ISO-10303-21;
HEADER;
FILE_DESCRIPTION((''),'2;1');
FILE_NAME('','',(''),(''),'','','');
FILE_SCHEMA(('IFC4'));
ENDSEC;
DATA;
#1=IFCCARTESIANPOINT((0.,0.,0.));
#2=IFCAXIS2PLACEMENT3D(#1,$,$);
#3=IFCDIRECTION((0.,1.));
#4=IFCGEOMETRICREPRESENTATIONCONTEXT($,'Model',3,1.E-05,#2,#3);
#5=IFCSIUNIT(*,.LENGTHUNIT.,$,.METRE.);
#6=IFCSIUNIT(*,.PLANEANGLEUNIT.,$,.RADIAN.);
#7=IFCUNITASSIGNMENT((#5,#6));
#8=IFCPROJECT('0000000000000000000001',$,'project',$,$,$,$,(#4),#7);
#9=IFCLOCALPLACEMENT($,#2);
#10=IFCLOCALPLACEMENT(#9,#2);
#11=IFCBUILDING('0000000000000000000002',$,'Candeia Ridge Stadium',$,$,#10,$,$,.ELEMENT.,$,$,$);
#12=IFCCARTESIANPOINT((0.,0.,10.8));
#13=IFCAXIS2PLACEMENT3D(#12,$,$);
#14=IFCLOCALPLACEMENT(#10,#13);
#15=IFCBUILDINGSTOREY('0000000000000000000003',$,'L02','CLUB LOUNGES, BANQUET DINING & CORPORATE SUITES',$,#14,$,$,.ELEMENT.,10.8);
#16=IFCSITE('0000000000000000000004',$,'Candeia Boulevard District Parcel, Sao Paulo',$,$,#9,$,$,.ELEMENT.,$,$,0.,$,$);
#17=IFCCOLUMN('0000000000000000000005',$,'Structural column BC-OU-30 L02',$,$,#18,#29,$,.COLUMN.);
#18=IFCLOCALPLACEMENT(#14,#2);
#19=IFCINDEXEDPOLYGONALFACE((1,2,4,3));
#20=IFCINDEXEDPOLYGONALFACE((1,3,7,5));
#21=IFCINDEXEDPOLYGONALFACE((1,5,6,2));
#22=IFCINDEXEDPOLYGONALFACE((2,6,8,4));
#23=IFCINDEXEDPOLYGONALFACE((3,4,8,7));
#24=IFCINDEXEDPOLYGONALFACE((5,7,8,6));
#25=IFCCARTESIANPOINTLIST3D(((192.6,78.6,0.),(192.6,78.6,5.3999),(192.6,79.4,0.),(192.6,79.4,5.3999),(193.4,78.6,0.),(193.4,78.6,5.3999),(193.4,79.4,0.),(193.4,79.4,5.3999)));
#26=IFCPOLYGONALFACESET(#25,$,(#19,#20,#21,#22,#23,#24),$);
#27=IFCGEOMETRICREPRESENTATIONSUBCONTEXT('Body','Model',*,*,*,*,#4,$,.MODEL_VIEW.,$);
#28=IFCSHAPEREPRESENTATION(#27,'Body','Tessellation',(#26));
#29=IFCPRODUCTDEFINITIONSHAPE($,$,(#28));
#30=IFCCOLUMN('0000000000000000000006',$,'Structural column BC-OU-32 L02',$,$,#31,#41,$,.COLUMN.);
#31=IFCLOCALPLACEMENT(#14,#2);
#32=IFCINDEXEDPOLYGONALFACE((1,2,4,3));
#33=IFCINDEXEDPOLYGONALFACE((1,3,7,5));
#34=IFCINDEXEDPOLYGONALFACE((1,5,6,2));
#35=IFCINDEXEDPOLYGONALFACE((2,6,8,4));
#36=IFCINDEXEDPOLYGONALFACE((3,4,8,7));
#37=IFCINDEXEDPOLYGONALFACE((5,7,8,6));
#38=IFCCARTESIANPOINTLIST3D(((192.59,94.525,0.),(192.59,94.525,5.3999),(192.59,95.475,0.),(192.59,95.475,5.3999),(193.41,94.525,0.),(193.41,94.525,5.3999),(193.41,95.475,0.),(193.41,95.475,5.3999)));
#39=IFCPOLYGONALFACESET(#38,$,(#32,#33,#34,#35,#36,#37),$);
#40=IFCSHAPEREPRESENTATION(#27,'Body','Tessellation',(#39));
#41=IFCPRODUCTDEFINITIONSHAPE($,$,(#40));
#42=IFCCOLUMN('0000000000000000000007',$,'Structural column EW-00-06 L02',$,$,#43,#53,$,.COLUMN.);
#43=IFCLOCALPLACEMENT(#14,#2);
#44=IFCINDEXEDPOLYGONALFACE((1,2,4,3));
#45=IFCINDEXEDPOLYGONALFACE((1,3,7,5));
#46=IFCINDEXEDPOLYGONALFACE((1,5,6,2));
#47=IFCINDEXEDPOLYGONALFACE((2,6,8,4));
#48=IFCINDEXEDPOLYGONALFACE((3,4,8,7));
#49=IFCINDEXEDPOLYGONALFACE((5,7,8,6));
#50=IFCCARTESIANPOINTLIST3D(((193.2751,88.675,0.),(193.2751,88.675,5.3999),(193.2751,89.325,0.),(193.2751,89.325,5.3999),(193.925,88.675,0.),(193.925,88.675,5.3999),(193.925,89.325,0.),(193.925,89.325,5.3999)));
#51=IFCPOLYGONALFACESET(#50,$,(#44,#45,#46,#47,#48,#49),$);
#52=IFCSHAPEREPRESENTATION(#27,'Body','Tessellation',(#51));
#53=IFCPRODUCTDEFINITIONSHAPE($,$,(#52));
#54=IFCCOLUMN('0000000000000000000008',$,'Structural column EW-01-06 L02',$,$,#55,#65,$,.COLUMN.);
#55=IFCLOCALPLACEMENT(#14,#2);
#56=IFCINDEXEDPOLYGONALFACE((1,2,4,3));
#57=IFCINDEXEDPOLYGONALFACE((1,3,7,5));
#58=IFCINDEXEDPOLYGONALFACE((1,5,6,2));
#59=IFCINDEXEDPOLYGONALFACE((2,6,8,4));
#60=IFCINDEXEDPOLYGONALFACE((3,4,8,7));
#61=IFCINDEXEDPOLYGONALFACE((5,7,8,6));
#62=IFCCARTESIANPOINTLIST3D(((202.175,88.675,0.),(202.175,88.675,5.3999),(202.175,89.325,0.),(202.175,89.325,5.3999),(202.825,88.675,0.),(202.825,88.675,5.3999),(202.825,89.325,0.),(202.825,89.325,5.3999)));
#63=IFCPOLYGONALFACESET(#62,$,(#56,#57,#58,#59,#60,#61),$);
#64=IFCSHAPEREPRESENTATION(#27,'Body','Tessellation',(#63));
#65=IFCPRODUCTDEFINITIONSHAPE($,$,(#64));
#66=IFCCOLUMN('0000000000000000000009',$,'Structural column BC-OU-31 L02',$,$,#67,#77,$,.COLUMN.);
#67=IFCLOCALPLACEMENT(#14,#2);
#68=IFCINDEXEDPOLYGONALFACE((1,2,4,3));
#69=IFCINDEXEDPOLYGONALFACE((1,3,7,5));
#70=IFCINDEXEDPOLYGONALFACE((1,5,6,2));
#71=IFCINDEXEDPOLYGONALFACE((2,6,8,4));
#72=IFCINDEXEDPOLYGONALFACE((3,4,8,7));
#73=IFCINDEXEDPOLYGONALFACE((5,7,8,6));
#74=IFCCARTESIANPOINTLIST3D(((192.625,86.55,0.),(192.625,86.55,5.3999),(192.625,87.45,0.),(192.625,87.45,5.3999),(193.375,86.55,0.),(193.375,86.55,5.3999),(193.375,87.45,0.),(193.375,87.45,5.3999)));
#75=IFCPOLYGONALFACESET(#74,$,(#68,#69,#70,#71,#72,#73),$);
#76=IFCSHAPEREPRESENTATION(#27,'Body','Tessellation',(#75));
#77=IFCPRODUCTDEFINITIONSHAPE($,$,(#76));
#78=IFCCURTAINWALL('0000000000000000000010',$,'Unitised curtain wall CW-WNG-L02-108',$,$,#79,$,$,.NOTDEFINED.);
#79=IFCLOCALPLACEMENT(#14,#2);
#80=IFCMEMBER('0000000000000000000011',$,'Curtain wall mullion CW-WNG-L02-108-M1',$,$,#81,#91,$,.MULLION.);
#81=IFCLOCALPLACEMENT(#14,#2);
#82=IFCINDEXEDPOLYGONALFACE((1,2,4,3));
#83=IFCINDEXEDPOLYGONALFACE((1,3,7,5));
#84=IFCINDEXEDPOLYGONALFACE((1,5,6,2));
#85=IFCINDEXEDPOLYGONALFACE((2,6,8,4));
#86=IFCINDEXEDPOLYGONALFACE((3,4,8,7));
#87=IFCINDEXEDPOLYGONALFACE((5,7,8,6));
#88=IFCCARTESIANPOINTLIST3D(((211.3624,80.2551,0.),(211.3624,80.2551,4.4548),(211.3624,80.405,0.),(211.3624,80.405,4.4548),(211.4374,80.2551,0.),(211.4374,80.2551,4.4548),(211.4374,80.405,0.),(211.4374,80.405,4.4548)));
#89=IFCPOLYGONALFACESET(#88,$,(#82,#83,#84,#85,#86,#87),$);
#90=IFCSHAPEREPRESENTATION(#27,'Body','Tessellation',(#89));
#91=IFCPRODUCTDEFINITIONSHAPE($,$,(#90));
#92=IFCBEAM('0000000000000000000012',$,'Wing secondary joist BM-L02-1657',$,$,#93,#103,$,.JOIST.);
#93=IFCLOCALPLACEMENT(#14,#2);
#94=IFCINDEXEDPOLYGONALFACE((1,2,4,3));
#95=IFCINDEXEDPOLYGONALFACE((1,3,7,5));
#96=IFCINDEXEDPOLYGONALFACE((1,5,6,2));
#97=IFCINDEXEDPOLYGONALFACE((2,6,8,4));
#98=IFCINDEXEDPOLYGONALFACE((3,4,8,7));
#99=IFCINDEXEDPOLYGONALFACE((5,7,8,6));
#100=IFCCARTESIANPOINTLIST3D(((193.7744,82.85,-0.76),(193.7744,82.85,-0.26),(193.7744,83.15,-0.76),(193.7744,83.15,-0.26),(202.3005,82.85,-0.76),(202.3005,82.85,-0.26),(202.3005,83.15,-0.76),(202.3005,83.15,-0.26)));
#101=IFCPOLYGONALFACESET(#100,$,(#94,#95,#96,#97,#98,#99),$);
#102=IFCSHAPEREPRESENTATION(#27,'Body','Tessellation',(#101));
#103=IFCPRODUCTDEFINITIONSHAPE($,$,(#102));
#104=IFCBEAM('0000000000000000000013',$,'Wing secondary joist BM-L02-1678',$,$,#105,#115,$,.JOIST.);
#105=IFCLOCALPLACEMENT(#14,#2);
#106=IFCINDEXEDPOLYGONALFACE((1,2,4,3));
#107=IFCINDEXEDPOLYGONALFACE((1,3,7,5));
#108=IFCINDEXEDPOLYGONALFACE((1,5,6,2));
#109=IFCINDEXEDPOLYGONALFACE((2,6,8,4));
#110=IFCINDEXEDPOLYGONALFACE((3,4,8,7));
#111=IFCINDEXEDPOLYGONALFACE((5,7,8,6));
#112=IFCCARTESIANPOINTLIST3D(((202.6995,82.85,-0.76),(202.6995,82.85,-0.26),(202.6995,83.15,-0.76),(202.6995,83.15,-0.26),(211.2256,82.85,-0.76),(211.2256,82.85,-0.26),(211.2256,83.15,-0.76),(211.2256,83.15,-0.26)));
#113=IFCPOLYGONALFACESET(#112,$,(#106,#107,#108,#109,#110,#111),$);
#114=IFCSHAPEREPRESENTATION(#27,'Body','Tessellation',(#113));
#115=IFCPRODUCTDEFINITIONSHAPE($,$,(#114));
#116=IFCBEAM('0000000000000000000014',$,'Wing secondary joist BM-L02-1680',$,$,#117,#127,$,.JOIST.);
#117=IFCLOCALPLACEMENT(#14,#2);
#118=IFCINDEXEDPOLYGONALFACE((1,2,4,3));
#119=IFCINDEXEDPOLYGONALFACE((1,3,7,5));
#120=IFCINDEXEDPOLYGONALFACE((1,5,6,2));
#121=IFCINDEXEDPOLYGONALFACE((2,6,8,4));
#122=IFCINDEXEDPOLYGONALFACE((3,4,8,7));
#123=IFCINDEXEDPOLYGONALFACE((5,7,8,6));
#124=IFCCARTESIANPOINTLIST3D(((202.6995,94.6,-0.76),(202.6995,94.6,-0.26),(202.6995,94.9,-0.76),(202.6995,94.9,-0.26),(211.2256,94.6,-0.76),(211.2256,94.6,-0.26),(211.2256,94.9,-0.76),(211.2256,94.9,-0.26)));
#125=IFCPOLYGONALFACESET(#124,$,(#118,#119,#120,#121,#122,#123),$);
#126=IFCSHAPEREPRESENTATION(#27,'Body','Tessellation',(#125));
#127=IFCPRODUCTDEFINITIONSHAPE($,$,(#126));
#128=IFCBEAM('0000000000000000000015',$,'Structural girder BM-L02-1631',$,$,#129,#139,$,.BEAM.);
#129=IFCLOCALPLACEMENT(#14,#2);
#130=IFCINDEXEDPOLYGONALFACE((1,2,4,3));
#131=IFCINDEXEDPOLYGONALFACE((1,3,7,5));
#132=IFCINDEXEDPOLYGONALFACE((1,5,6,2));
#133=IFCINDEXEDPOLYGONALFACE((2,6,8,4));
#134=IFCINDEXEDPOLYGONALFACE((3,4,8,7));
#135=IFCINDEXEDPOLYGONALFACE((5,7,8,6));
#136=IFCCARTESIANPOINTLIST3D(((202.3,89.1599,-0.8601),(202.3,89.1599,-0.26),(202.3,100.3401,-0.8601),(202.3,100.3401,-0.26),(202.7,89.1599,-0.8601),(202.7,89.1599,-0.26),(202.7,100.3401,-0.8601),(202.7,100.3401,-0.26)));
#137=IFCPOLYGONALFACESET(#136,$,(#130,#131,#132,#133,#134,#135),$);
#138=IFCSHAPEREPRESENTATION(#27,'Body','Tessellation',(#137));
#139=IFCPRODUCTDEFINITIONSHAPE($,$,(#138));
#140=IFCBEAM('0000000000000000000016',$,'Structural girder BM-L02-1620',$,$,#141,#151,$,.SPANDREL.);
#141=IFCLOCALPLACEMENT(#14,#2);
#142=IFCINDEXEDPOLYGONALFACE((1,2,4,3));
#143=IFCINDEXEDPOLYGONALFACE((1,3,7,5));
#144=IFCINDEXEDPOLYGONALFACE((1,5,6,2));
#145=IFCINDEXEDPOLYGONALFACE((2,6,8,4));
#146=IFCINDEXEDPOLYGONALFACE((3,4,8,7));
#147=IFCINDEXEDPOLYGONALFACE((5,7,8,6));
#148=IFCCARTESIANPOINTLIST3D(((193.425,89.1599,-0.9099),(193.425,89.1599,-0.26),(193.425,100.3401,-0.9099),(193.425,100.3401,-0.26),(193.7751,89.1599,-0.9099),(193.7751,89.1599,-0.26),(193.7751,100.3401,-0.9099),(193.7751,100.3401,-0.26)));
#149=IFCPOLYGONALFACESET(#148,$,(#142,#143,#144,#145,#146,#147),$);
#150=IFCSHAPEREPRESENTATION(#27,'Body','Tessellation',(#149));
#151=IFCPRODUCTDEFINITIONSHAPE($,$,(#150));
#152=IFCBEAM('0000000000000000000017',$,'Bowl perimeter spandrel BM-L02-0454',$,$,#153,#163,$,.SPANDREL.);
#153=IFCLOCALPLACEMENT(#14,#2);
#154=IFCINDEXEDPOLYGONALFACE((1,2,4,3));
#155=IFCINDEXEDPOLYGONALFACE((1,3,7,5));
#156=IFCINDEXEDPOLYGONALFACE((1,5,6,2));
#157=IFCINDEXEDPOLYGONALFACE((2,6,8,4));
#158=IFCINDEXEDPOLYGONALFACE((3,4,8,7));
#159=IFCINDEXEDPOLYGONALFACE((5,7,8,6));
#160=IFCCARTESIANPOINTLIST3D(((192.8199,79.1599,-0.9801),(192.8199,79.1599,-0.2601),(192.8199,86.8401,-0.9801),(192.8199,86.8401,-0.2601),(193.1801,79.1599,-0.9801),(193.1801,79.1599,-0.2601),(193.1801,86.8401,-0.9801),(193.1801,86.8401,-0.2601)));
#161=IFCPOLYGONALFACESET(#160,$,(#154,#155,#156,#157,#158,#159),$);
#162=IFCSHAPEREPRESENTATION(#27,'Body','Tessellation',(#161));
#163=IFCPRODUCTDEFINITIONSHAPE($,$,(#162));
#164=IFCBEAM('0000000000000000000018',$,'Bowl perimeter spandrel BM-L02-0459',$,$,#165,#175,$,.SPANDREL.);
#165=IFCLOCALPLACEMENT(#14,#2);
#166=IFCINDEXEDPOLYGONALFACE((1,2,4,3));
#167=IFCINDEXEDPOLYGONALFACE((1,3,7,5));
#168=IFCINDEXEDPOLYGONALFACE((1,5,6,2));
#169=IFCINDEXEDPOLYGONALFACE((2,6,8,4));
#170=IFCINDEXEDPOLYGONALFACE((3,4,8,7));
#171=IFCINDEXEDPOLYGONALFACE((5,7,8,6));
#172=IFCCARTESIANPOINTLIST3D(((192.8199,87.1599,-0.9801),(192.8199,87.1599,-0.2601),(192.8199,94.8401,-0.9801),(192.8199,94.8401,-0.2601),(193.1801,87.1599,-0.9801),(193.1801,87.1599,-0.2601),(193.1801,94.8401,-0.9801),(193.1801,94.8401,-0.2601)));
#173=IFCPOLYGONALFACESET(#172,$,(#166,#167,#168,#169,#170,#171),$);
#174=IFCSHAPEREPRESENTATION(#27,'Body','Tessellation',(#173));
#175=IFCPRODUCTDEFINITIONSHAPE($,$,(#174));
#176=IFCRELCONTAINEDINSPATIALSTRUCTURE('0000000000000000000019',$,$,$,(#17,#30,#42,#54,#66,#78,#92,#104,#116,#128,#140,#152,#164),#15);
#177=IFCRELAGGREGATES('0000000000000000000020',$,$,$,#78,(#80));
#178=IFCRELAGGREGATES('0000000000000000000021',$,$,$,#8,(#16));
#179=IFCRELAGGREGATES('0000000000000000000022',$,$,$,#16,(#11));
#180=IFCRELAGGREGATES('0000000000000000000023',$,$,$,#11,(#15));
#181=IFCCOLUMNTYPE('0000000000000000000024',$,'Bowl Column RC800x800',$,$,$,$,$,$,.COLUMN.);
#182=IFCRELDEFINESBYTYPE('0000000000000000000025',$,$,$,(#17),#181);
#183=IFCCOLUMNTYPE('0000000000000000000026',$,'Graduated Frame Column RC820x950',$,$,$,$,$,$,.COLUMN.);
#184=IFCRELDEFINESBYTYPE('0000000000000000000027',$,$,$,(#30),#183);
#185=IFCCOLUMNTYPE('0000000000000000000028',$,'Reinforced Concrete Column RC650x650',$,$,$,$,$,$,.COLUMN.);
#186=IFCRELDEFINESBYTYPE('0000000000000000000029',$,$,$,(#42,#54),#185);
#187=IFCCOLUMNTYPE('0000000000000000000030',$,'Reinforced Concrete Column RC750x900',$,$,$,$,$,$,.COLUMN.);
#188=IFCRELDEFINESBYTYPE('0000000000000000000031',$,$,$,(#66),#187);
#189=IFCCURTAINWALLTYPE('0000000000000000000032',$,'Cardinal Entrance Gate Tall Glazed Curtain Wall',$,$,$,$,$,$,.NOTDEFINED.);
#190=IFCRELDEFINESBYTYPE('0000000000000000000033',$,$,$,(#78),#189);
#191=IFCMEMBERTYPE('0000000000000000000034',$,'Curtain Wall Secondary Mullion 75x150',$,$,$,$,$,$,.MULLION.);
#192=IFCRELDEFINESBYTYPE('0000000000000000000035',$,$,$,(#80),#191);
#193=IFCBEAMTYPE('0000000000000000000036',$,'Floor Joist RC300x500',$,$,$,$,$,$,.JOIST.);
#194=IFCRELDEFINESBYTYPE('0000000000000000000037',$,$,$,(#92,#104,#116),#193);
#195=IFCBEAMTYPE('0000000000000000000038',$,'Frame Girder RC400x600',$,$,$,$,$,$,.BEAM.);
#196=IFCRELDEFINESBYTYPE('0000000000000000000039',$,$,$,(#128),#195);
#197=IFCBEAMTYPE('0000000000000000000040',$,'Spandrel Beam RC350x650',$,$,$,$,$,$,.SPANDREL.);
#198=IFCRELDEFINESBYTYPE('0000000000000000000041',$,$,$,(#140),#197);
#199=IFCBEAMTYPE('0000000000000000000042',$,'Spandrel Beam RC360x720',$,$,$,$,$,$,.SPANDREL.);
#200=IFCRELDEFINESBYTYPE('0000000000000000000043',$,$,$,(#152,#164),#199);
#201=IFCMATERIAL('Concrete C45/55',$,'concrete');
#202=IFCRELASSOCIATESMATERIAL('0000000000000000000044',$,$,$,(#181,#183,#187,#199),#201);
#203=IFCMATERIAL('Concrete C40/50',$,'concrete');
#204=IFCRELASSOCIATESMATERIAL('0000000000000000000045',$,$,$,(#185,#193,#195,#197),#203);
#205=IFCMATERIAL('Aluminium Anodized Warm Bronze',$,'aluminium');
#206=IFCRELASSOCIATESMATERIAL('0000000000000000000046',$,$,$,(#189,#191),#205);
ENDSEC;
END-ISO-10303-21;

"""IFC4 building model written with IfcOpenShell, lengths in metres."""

from ifc_helpers import new_model, si_unit, direction, frame, origin, origin_2d, place, context, subcontext, project, spatial, rectangle, extrude, material, material_profile, profile_set, type_object, element, aggregate, save


model = new_model("IFC4")

# Units and contexts
model_context = context("Model", 3, precision=1e-05, world=origin(), true_north=direction((0.0, 1.0)))
body_context = subcontext(model_context, "Body", "Model", "MODEL_VIEW")
ifc_project = project(units=[si_unit("LENGTHUNIT", "METRE"), si_unit("PLANEANGLEUNIT", "RADIAN")], contexts=[model_context])

# Site, building, storey
site_placement = place(None, origin())
site = spatial("IfcSite", under=ifc_project, at=site_placement, Name="Candeia Boulevard District Parcel, Sao Paulo", CompositionType="ELEMENT", RefElevation=0.0)
building_placement = place(site_placement, origin())
building = spatial("IfcBuilding", under=site, at=building_placement, Name="Candeia Ridge Stadium", CompositionType="ELEMENT")
storey_placement = place(building_placement, frame((0.0, 0.0, 10.8)))
storey = spatial("IfcBuildingStorey", under=building, at=storey_placement, Name="L02", Description="CLUB LOUNGES, BANQUET DINING & CORPORATE SUITES", CompositionType="ELEMENT", Elevation=10.8)

# Columns
ifc_material_1 = material(Name="Concrete C45/55", Category="concrete")
ifc_material_profile_1 = material_profile(ifc_material_1, rectangle(XDim=0.8, YDim=0.8, at=origin_2d()), Name="RC800x800", Category="concrete")
ifc_profile_set_1 = profile_set([ifc_material_profile_1], Name="Concrete C45/55")
column_type_1 = type_object("IfcColumnType", Name="Bowl Column RC800x800", PredefinedType="COLUMN", material=ifc_profile_set_1)
column_1_placement = place(storey_placement, frame((193.0, 79.0, 0.0), z_axis=(0.0, 0.0, 1.0), x_axis=(1.0, 0.0, 0.0)))
element("IfcColumn", 1, at=column_1_placement, inside=storey, type_object=column_type_1, Name="Structural column BC-OU-30 L02", PredefinedType="COLUMN", context=body_context, shape_type="SweptSolid", body=[
    extrude(rectangle(XDim=0.8, YDim=0.8, at=origin_2d()), origin(), (0.0, 0.0, 1.0), 5.3999),
])
ifc_material_profile_2 = material_profile(ifc_material_1, rectangle(XDim=0.8201, YDim=0.95, at=origin_2d()), Name="RC820x950", Category="concrete")
ifc_profile_set_2 = profile_set([ifc_material_profile_2], Name="Concrete C45/55")
column_type_2 = type_object("IfcColumnType", Name="Graduated Frame Column RC820x950", PredefinedType="COLUMN", material=ifc_profile_set_2)
column_2_placement = place(storey_placement, frame((193.0, 95.0, 0.0), z_axis=(0.0, 0.0, 1.0), x_axis=(1.0, 0.0, 0.0)))
element("IfcColumn", 2, at=column_2_placement, inside=storey, type_object=column_type_2, Name="Structural column BC-OU-32 L02", PredefinedType="COLUMN", context=body_context, shape_type="SweptSolid", body=[
    extrude(rectangle(XDim=0.8201, YDim=0.95, at=origin_2d()), origin(), (0.0, 0.0, 1.0), 5.3999),
])
ifc_material_2 = material(Name="Concrete C40/50", Category="concrete")
ifc_material_profile_3 = material_profile(ifc_material_2, rectangle(XDim=0.6499, YDim=0.6499, at=origin_2d()), Name="RC650x650", Category="concrete")
ifc_profile_set_3 = profile_set([ifc_material_profile_3], Name="Concrete C40/50")
column_type_3 = type_object("IfcColumnType", Name="Reinforced Concrete Column RC650x650", PredefinedType="COLUMN", material=ifc_profile_set_3)
for number, where, z_axis, x_axis, name in (
    (3, (193.6001, 89.0, 0.0), (0.0, 0.0, 1.0), (1.0, 0.0, 0.0), "Structural column EW-00-06 L02"),
    (4, (202.5, 89.0, 0.0), (0.0, 0.0, 1.0), (1.0, 0.0, 0.0), "Structural column EW-01-06 L02"),
):
    element("IfcColumn", number, at=place(storey_placement, frame(where, z_axis=z_axis, x_axis=x_axis)), inside=storey, type_object=column_type_3, Name=name, PredefinedType="COLUMN", context=body_context, shape_type="SweptSolid", body=[
        extrude(rectangle(XDim=0.6499, YDim=0.6499, at=origin_2d()), origin(), (0.0, 0.0, 1.0), 5.3999),
    ])
ifc_material_profile_4 = material_profile(ifc_material_1, rectangle(XDim=0.75, YDim=0.8999, at=origin_2d()), Name="RC750x900", Category="concrete")
ifc_profile_set_4 = profile_set([ifc_material_profile_4], Name="Concrete C45/55")
column_type_4 = type_object("IfcColumnType", Name="Reinforced Concrete Column RC750x900", PredefinedType="COLUMN", material=ifc_profile_set_4)
column_3_placement = place(storey_placement, frame((193.0, 87.0, 0.0), z_axis=(0.0, 0.0, 1.0), x_axis=(1.0, 0.0, 0.0)))
element("IfcColumn", 5, at=column_3_placement, inside=storey, type_object=column_type_4, Name="Structural column BC-OU-31 L02", PredefinedType="COLUMN", context=body_context, shape_type="SweptSolid", body=[
    extrude(rectangle(XDim=0.75, YDim=0.8999, at=origin_2d()), origin(), (0.0, 0.0, 1.0), 5.3999),
])

# Curtain wall, member
ifc_material_3 = material(Name="Aluminium Anodized Warm Bronze", Category="aluminium")
curtain_wall_type = type_object("IfcCurtainWallType", Name="Cardinal Entrance Gate Tall Glazed Curtain Wall", PredefinedType="NOTDEFINED", material=ifc_material_3)
curtain_wall_placement = place(storey_placement, origin())
curtain_wall = element("IfcCurtainWall", 6, at=curtain_wall_placement, inside=storey, type_object=curtain_wall_type, Name="Unitised curtain wall CW-WNG-L02-108", PredefinedType="NOTDEFINED")
ifc_material_profile_5 = material_profile(ifc_material_3, rectangle(XDim=0.075, YDim=0.1499, at=origin_2d()), Name="CWM-75x150", Category="aluminium")
ifc_profile_set_5 = profile_set([ifc_material_profile_5], Name="Aluminium Anodized Warm Bronze")
member_type = type_object("IfcMemberType", Name="Curtain Wall Secondary Mullion 75x150", PredefinedType="MULLION", material=ifc_profile_set_5)
member_placement = place(storey_placement, frame((211.3999, 80.3301, 0.0), z_axis=(0.0, 0.0, 1.0), x_axis=(1.0, 0.0, 0.0)))
member = element("IfcMember", 7, at=member_placement, type_object=member_type, Name="Curtain wall mullion CW-WNG-L02-108-M1", PredefinedType="MULLION", context=body_context, shape_type="SweptSolid", body=[
    extrude(rectangle(XDim=0.075, YDim=0.1499, at=origin_2d()), origin(), (0.0, 0.0, 1.0), 4.4548),
])

# Beams
ifc_material_profile_6 = material_profile(ifc_material_2, rectangle(XDim=0.3, YDim=0.5, at=origin_2d()), Name="RC300x500", Category="concrete")
ifc_profile_set_6 = profile_set([ifc_material_profile_6], Name="Concrete C40/50")
beam_type_1 = type_object("IfcBeamType", Name="Floor Joist RC300x500", PredefinedType="JOIST", material=ifc_profile_set_6)
for number, where, z_axis, x_axis, name in (
    (8, (193.7744, 83.0, -0.51), (1.0, 0.0, 0.0), (0.0, 1.0, 0.0), "Wing secondary joist BM-L02-1657"),
    (9, (202.6995, 83.0, -0.51), (1.0, 0.0, 0.0), (0.0, 1.0, 0.0), "Wing secondary joist BM-L02-1678"),
    (10, (202.6995, 94.75, -0.51), (1.0, 0.0, 0.0), (0.0, 1.0, 0.0), "Wing secondary joist BM-L02-1680"),
):
    element("IfcBeam", number, at=place(storey_placement, frame(where, z_axis=z_axis, x_axis=x_axis)), inside=storey, type_object=beam_type_1, Name=name, PredefinedType="JOIST", context=body_context, shape_type="SweptSolid", body=[
        extrude(rectangle(XDim=0.3, YDim=0.5, at=origin_2d()), origin(), (0.0, 0.0, 1.0), 8.5261),
    ])
ifc_material_profile_7 = material_profile(ifc_material_2, rectangle(XDim=0.3999, YDim=0.6001, at=origin_2d()), Name="RC400x600", Category="concrete")
ifc_profile_set_7 = profile_set([ifc_material_profile_7], Name="Concrete C40/50")
beam_type_2 = type_object("IfcBeamType", Name="Frame Girder RC400x600", PredefinedType="BEAM", material=ifc_profile_set_7)
beam_1_placement = place(storey_placement, frame((202.5, 89.1599, -0.5601), z_axis=(0.0, 1.0, 0.0), x_axis=(-1.0, 0.0, 0.0)))
element("IfcBeam", 11, at=beam_1_placement, inside=storey, type_object=beam_type_2, Name="Structural girder BM-L02-1631", PredefinedType="BEAM", context=body_context, shape_type="SweptSolid", body=[
    extrude(rectangle(XDim=0.3999, YDim=0.6001, at=origin_2d()), origin(), (0.0, 0.0, 1.0), 11.1802),
])
ifc_material_profile_8 = material_profile(ifc_material_2, rectangle(XDim=0.3501, YDim=0.6499, at=origin_2d()), Name="RC350x650", Category="concrete")
ifc_profile_set_8 = profile_set([ifc_material_profile_8], Name="Concrete C40/50")
beam_type_3 = type_object("IfcBeamType", Name="Spandrel Beam RC350x650", PredefinedType="SPANDREL", material=ifc_profile_set_8)
beam_2_placement = place(storey_placement, frame((193.6001, 89.1599, -0.585), z_axis=(0.0, 1.0, 0.0), x_axis=(-1.0, 0.0, 0.0)))
element("IfcBeam", 12, at=beam_2_placement, inside=storey, type_object=beam_type_3, Name="Structural girder BM-L02-1620", PredefinedType="SPANDREL", context=body_context, shape_type="SweptSolid", body=[
    extrude(rectangle(XDim=0.3501, YDim=0.6499, at=origin_2d()), origin(), (0.0, 0.0, 1.0), 11.1802),
])
ifc_material_profile_9 = material_profile(ifc_material_1, rectangle(XDim=0.3601, YDim=0.72, at=origin_2d()), Name="RC360x720", Category="concrete")
ifc_profile_set_9 = profile_set([ifc_material_profile_9], Name="Concrete C45/55")
beam_type_4 = type_object("IfcBeamType", Name="Spandrel Beam RC360x720", PredefinedType="SPANDREL", material=ifc_profile_set_9)
for number, where, z_axis, x_axis, name in (
    (13, (193.0, 79.1599, -0.6201), (0.0, 1.0, 0.0), (-1.0, 0.0, 0.0), "Bowl perimeter spandrel BM-L02-0454"),
    (14, (193.0, 87.1599, -0.6201), (0.0, 1.0, 0.0), (-1.0, 0.0, 0.0), "Bowl perimeter spandrel BM-L02-0459"),
):
    element("IfcBeam", number, at=place(storey_placement, frame(where, z_axis=z_axis, x_axis=x_axis)), inside=storey, type_object=beam_type_4, Name=name, PredefinedType="SPANDREL", context=body_context, shape_type="SweptSolid", body=[
        extrude(rectangle(XDim=0.3601, YDim=0.72, at=origin_2d()), origin(), (0.0, 0.0, 1.0), 7.6802),
    ])

aggregate(curtain_wall, [member])

save(model, "model.ifc")
